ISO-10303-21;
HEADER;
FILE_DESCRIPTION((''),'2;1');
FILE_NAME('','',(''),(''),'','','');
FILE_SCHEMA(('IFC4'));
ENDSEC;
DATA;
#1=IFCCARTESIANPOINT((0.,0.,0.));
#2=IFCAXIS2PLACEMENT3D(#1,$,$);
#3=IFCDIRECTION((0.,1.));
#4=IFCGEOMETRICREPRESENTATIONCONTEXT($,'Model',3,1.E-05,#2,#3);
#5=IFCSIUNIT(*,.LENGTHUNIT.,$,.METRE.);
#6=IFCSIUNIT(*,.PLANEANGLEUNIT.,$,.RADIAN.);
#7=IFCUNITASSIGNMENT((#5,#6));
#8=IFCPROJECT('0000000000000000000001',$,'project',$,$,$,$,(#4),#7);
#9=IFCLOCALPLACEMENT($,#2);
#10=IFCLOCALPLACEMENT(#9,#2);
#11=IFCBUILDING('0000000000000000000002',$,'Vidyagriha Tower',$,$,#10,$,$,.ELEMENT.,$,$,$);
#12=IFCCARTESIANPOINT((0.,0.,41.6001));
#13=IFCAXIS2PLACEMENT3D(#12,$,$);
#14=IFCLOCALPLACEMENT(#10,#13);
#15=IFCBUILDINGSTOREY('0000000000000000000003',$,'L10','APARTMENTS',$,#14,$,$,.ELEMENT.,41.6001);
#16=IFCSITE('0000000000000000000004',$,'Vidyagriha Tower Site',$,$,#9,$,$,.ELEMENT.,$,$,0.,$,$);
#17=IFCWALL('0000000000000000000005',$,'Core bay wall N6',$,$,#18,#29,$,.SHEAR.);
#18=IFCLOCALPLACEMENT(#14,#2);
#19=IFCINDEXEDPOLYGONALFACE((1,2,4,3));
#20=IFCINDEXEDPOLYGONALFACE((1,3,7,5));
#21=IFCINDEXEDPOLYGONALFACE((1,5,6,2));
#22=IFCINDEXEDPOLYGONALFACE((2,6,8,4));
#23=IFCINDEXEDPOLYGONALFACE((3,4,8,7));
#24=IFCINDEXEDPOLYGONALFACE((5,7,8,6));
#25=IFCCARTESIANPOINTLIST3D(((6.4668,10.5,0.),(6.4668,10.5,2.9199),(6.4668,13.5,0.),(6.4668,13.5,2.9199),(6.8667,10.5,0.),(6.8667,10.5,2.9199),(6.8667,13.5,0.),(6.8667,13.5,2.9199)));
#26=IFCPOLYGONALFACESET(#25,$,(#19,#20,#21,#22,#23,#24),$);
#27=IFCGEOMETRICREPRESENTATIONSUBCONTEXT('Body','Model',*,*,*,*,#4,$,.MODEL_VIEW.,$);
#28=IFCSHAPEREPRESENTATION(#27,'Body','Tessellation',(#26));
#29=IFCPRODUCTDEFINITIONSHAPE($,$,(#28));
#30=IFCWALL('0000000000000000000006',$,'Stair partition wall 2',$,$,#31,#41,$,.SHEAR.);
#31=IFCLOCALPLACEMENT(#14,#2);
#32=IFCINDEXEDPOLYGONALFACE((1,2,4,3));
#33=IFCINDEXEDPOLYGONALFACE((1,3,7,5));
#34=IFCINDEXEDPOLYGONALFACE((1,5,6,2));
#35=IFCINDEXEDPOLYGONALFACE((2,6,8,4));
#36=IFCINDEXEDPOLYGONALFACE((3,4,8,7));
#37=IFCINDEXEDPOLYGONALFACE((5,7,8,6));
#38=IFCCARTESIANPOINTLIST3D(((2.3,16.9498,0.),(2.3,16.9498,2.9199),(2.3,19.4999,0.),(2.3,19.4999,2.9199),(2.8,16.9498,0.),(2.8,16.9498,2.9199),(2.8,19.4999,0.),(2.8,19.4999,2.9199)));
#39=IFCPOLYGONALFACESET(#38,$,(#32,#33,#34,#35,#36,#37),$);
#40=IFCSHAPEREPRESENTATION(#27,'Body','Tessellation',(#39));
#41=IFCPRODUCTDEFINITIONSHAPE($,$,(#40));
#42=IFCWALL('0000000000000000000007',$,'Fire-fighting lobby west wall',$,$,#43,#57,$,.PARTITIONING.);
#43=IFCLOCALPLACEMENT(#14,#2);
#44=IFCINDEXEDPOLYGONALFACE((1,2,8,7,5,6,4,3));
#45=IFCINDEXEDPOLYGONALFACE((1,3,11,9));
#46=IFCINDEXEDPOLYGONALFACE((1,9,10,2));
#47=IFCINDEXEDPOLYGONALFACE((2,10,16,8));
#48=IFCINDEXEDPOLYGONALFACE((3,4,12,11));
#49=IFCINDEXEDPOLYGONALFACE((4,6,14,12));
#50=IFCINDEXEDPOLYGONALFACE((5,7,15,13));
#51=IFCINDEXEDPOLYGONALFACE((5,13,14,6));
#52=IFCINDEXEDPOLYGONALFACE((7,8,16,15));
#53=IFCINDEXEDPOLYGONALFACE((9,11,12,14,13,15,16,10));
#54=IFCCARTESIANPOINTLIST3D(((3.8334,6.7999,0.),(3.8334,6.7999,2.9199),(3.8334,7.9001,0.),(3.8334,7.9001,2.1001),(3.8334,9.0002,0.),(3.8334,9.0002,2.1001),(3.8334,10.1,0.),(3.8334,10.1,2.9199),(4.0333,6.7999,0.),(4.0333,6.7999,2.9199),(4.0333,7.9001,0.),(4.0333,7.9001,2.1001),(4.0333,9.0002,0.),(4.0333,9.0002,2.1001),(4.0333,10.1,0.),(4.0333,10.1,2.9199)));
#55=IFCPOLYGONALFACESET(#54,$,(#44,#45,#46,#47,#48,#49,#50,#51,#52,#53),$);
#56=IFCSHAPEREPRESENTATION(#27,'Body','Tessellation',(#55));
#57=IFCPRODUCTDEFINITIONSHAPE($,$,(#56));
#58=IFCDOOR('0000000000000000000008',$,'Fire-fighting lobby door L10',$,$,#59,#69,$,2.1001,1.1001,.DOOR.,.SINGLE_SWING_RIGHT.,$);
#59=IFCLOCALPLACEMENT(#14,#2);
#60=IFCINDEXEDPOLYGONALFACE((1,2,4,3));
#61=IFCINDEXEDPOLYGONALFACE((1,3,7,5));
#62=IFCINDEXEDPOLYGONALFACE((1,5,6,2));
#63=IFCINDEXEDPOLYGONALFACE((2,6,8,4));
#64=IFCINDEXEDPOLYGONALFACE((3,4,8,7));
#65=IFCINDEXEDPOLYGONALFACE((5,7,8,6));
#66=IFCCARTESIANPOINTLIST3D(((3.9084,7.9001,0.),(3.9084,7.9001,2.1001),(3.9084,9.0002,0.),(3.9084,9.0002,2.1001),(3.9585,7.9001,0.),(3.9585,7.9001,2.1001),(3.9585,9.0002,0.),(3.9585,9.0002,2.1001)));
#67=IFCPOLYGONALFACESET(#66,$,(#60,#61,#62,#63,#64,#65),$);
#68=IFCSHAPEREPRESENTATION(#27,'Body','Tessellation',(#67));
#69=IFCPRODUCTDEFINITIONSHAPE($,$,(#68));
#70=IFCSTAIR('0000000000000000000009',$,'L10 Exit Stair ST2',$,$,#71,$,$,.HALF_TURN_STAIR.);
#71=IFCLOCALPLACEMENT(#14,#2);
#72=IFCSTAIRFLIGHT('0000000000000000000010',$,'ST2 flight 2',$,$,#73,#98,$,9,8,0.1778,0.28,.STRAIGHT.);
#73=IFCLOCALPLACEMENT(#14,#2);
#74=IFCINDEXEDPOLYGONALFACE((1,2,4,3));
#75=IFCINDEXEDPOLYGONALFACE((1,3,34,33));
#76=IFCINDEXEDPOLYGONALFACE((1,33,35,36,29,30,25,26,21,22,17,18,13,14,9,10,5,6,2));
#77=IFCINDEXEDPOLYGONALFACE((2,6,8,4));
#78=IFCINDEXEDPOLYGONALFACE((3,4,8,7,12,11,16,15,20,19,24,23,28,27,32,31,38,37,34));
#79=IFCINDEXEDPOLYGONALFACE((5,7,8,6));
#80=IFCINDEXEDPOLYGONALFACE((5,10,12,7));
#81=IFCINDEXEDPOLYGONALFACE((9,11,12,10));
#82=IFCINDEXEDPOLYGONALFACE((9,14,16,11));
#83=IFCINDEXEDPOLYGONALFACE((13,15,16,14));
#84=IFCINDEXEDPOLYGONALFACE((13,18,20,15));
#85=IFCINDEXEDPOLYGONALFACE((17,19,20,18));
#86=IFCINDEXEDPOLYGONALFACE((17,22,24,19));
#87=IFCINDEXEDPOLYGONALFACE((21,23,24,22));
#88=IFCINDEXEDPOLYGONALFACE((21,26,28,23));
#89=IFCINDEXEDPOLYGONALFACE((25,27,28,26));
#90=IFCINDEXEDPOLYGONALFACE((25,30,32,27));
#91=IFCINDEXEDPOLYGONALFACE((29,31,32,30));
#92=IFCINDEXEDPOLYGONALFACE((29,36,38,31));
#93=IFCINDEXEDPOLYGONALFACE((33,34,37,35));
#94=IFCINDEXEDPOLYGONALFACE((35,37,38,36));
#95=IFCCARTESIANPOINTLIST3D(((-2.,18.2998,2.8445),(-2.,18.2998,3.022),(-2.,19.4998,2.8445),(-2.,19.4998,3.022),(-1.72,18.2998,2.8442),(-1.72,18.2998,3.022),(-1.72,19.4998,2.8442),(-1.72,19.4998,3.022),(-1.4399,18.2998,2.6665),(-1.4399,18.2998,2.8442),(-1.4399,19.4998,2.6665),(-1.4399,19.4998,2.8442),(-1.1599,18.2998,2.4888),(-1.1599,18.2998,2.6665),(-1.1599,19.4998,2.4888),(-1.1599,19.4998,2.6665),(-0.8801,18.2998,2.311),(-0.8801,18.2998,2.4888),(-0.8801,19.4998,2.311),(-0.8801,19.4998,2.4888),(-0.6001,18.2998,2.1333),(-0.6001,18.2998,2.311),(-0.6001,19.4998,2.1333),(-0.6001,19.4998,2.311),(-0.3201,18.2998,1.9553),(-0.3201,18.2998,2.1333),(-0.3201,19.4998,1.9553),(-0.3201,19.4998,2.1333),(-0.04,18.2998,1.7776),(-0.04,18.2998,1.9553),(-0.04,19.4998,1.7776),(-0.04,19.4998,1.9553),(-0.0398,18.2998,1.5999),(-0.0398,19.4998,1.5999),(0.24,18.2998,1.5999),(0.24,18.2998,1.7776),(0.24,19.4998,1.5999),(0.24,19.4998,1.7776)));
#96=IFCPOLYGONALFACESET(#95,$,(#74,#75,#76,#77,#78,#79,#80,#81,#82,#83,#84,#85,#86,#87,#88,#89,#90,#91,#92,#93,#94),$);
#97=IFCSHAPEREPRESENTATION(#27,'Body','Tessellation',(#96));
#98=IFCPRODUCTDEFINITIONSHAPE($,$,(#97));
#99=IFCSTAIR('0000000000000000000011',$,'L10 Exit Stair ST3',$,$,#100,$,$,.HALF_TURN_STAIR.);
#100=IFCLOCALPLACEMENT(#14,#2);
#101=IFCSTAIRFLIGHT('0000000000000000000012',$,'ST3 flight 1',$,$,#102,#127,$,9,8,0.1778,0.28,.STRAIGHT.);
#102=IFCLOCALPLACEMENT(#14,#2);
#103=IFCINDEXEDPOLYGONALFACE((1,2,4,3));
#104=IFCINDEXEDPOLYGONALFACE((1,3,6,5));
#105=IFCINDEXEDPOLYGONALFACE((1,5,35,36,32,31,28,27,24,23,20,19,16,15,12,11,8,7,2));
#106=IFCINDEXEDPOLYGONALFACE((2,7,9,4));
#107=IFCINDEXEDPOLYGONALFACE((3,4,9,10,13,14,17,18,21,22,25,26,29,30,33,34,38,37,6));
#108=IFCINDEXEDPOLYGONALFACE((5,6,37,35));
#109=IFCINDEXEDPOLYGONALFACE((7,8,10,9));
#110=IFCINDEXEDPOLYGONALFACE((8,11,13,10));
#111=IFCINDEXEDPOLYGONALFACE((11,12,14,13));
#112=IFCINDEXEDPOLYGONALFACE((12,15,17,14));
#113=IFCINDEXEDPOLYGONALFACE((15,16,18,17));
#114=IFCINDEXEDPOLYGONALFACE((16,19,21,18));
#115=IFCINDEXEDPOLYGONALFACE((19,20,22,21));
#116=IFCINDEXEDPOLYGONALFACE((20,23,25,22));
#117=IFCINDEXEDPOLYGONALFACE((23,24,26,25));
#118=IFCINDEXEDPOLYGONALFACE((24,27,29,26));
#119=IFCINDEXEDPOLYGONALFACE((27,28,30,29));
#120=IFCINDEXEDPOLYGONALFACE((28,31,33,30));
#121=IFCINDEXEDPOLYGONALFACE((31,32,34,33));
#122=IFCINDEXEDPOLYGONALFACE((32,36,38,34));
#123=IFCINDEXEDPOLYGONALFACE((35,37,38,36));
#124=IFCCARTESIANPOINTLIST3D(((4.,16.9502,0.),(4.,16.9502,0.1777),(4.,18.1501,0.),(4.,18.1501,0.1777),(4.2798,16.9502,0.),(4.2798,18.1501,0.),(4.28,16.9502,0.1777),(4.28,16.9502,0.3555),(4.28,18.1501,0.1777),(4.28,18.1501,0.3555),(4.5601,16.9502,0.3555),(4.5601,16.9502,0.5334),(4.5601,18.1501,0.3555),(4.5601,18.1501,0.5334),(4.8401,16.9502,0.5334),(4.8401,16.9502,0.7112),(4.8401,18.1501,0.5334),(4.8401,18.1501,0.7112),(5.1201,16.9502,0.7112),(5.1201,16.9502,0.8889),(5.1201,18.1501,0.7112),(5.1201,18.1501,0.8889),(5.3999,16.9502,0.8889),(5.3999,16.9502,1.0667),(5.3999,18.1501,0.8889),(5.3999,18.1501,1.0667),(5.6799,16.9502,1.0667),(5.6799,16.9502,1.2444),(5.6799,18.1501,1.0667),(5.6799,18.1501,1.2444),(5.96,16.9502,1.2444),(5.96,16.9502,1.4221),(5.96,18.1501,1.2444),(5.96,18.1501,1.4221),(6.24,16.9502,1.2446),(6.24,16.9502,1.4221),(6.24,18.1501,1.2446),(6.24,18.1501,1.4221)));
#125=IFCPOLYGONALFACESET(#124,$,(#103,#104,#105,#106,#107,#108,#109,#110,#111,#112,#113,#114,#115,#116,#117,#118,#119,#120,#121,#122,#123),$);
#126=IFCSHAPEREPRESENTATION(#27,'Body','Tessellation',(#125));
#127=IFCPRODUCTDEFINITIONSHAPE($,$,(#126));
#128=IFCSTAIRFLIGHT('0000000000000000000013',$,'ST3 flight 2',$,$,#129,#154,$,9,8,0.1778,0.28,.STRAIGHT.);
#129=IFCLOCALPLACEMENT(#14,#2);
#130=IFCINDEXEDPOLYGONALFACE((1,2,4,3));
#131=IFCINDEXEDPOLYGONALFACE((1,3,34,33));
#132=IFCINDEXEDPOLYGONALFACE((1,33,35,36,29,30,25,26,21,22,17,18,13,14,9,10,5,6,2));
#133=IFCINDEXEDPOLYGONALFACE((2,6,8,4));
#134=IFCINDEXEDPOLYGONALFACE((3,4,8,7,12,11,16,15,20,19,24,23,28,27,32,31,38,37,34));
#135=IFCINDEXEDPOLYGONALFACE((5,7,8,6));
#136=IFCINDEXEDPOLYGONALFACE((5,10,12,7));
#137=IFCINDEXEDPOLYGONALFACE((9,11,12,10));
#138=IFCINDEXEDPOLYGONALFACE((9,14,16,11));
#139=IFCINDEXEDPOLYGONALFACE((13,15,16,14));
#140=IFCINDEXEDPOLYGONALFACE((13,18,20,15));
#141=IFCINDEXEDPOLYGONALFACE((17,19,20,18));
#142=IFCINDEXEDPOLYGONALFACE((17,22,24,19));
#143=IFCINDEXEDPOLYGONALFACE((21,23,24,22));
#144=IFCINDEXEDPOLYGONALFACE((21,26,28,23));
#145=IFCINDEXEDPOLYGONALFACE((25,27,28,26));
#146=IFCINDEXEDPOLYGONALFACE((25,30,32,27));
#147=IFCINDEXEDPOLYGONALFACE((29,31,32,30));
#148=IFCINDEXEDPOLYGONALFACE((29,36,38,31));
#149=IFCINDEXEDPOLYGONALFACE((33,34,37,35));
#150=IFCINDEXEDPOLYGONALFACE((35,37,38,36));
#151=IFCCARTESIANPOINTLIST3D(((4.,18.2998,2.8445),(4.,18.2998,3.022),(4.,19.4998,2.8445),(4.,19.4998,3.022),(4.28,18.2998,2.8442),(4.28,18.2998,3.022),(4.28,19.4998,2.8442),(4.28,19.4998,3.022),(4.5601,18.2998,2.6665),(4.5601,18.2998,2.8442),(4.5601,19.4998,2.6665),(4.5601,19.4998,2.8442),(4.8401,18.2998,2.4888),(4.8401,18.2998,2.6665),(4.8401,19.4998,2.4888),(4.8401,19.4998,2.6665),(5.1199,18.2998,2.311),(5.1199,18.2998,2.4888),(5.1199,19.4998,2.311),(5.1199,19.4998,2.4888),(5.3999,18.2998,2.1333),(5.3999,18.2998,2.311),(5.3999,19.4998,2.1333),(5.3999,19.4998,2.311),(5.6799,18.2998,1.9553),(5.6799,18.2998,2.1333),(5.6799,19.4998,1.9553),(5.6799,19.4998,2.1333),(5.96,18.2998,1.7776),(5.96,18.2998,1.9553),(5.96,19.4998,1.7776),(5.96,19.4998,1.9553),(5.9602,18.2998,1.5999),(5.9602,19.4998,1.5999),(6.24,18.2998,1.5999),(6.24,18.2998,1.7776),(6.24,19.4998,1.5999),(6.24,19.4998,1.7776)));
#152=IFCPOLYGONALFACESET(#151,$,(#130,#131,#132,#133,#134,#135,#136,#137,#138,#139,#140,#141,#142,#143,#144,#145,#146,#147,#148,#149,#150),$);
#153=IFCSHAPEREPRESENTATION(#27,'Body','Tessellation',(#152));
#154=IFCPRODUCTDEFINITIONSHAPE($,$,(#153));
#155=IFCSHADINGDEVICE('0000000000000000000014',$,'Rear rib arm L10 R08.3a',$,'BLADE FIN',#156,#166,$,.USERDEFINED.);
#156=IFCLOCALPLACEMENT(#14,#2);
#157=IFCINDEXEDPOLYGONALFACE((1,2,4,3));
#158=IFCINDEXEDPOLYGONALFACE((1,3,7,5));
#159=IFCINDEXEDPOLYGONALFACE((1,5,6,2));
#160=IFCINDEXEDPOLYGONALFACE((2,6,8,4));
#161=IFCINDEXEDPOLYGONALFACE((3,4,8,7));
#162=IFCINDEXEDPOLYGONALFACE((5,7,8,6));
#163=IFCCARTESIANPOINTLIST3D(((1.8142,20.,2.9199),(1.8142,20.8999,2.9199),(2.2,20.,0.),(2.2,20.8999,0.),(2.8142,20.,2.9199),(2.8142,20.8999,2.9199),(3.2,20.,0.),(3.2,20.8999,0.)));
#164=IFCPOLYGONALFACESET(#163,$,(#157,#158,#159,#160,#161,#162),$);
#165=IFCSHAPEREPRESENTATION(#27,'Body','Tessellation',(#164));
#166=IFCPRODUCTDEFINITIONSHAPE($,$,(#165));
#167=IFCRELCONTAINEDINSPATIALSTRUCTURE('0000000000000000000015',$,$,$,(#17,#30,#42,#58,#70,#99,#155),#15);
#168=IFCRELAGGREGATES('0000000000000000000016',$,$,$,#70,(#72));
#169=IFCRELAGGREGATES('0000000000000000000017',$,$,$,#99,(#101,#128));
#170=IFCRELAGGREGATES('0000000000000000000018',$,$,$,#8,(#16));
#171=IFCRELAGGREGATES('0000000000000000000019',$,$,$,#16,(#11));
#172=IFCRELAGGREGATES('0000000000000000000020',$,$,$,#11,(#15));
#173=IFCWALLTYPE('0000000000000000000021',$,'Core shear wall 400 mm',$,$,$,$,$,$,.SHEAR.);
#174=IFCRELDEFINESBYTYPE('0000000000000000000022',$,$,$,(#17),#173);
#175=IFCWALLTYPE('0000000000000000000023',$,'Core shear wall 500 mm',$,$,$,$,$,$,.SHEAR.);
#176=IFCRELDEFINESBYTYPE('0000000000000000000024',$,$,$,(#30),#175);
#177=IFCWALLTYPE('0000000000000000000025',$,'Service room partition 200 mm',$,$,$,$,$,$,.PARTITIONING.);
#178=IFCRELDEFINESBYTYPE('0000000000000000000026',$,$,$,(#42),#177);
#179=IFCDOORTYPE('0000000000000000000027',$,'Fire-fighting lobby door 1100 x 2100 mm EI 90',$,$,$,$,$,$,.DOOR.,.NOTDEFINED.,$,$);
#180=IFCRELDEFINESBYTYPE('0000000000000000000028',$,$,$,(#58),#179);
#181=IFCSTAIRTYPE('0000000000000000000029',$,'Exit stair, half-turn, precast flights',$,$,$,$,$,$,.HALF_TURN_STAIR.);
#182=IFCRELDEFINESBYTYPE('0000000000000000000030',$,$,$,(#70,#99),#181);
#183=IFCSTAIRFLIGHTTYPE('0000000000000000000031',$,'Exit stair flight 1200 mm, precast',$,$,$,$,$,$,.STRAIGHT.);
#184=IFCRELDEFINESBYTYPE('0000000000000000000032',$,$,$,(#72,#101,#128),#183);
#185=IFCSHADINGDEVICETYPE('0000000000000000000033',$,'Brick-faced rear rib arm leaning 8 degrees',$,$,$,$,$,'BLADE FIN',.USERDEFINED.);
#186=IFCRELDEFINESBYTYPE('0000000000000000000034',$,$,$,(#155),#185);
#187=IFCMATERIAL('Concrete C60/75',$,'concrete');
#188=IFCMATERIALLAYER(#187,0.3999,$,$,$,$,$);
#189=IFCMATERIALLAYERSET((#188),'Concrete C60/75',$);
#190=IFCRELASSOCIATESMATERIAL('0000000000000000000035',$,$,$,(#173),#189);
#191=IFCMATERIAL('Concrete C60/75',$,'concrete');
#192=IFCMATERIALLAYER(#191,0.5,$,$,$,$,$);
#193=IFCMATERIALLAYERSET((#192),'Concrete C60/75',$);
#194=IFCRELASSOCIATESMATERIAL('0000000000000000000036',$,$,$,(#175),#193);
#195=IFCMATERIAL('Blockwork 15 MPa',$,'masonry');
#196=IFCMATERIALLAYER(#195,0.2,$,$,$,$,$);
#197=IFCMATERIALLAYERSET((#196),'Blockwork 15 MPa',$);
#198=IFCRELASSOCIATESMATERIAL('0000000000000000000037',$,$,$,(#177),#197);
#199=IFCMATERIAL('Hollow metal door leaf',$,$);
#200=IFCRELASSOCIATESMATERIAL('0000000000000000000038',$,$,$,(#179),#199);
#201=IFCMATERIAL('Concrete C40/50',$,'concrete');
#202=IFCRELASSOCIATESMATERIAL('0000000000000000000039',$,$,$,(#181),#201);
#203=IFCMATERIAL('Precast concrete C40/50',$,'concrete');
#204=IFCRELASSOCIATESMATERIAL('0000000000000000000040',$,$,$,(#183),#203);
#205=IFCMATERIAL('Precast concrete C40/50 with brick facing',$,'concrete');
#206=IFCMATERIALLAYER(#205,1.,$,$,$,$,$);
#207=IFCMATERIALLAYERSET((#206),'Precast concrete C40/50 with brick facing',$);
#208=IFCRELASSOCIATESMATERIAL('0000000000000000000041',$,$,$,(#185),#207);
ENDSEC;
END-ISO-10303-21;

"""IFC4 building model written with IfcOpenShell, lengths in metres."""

from ifc_helpers import new_model, si_unit, direction, frame, frame_2d, origin, place, context, subcontext, project, spatial, polyline, rectangle, outline, extrude, material, layer, layer_set, type_object, element, fill, aggregate, save


model = new_model("IFC4")

# Units and contexts
model_context = context("Model", 3, precision=1e-05, world=origin(), true_north=direction((0.0, 1.0)))
body_context = subcontext(model_context, "Body", "Model", "MODEL_VIEW")
ifc_project = project(units=[si_unit("LENGTHUNIT", "METRE"), si_unit("PLANEANGLEUNIT", "RADIAN")], contexts=[model_context])

# Site, building, storey
site_placement = place(None, origin())
site = spatial("IfcSite", under=ifc_project, at=site_placement, Name="Vidyagriha Tower Site", CompositionType="ELEMENT", RefElevation=0.0)
building_placement = place(site_placement, origin())
building = spatial("IfcBuilding", under=site, at=building_placement, Name="Vidyagriha Tower", CompositionType="ELEMENT")
storey_placement = place(building_placement, frame((0.0, 0.0, 41.6001)))
storey = spatial("IfcBuildingStorey", under=building, at=storey_placement, Name="L10", Description="APARTMENTS", CompositionType="ELEMENT", Elevation=41.6001)

# Shared definitions
ifc_material_1 = material(Name="Concrete C60/75", Category="concrete")
ifc_layer_1 = layer(ifc_material_1, 0.3999)
ifc_layer_set_1 = layer_set([ifc_layer_1], Name="Concrete C60/75")
wall_type_1 = type_object("IfcWallType", Name="Core shear wall 400 mm", PredefinedType="SHEAR", material=ifc_layer_set_1)

# Walls
for number, where, z_axis, x_axis, name in (
    (1, (6.6667, 10.5, 0.0), (0.0, 0.0, 1.0), (0.0, 1.0, 0.0), "Core bay wall N6"),
):
    element("IfcWall", number, at=place(storey_placement, frame(where, z_axis=z_axis, x_axis=x_axis)), inside=storey, type_object=wall_type_1, Name=name, PredefinedType="SHEAR", context=body_context, shape_type="SweptSolid", body=[
        extrude(rectangle(XDim=3.0, YDim=0.3999, at=frame_2d((1.5, 0.0))), origin(), (0.0, 0.0, 1.0), 2.9199),
    ])
ifc_material_2 = material(Name="Concrete C60/75", Category="concrete")
ifc_layer_2 = layer(ifc_material_2, 0.5)
ifc_layer_set_2 = layer_set([ifc_layer_2], Name="Concrete C60/75")
wall_type_2 = type_object("IfcWallType", Name="Core shear wall 500 mm", PredefinedType="SHEAR", material=ifc_layer_set_2)
wall_1_placement = place(storey_placement, frame((2.55, 16.95, 0.0), z_axis=(0.0, 0.0, 1.0), x_axis=(0.0, 1.0, 0.0)))
element("IfcWall", 2, at=wall_1_placement, inside=storey, type_object=wall_type_2, Name="Stair partition wall 2", PredefinedType="SHEAR", context=body_context, shape_type="SweptSolid", body=[
    extrude(rectangle(XDim=2.55, YDim=0.5, at=frame_2d((1.2749, 0.0))), origin(), (0.0, 0.0, 1.0), 2.9199),
])

# Wall, opening, door
ifc_material_3 = material(Name="Blockwork 15 MPa", Category="masonry")
ifc_layer_3 = layer(ifc_material_3, 0.2)
ifc_layer_set_3 = layer_set([ifc_layer_3], Name="Blockwork 15 MPa")
wall_type_3 = type_object("IfcWallType", Name="Service room partition 200 mm", PredefinedType="PARTITIONING", material=ifc_layer_set_3)
wall_2_placement = place(storey_placement, frame((3.9333, 6.8, 0.0), z_axis=(0.0, 0.0, 1.0), x_axis=(0.0, 1.0, 0.0)))
wall_2 = element("IfcWall", 3, at=wall_2_placement, inside=storey, type_object=wall_type_3, Name="Fire-fighting lobby west wall", PredefinedType="PARTITIONING", context=body_context, shape_type="SweptSolid", body=[
    extrude(rectangle(XDim=3.3, YDim=0.2, at=frame_2d((1.6499, 0.0))), origin(), (0.0, 0.0, 1.0), 2.9199),
])
opening_1_placement = place(wall_2_placement, frame((1.1001, 0.0, 0.0)))
opening_1 = element("IfcOpeningElement", 4, at=opening_1_placement, cuts=wall_2, PredefinedType="OPENING", context=body_context, shape_type="SweptSolid", body=[
    extrude(rectangle(XDim=1.1001, YDim=2.1001, at=frame_2d((0.55, 1.05))), frame((0.0, 0.1099, 0.0), z_axis=(0.0, -1.0, 0.0), x_axis=(1.0, 0.0, 0.0)), (0.0, 0.0, 1.0), 0.22),
])
ifc_material_4 = material(Name="Hollow metal door leaf")
door_type_1 = type_object("IfcDoorType", Name="Fire-fighting lobby door 1100 x 2100 mm EI 90", OperationType="NOTDEFINED", PredefinedType="DOOR", material=ifc_material_4)
door_1_placement = place(opening_1_placement, origin())
door_1 = element("IfcDoor", 5, at=door_1_placement, inside=storey, type_object=door_type_1, Name="Fire-fighting lobby door L10", OperationType="SINGLE_SWING_RIGHT", OverallHeight=2.1001, OverallWidth=1.1001, PredefinedType="DOOR", context=body_context, shape_type="SweptSolid", body=[
    extrude(rectangle(XDim=1.1001, YDim=2.1001, at=frame_2d((0.55, 1.05))), frame((0.0, 0.0249, 0.0), z_axis=(0.0, -1.0, 0.0), x_axis=(1.0, 0.0, 0.0)), (0.0, 0.0, 1.0), 0.05),
])
fill(opening_1, door_1)

# Stair, stair flight
ifc_material_5 = material(Name="Concrete C40/50", Category="concrete")
stair_type = type_object("IfcStairType", Name="Exit stair, half-turn, precast flights", PredefinedType="HALF_TURN_STAIR", material=ifc_material_5)
stair_1_placement = place(storey_placement, origin())
stair_1 = element("IfcStair", 6, at=stair_1_placement, inside=storey, type_object=stair_type, Name="L10 Exit Stair ST2", PredefinedType="HALF_TURN_STAIR")
ifc_material_6 = material(Name="Precast concrete C40/50", Category="concrete")
stair_flight_type = type_object("IfcStairFlightType", Name="Exit stair flight 1200 mm, precast", PredefinedType="STRAIGHT", material=ifc_material_6)
stair_flight_1_placement = place(storey_placement, frame((0.24, 18.8999, 1.5999), z_axis=(0.0, 0.0, 1.0), x_axis=(-1.0, 0.0, 0.0)))
stair_flight_1 = element("IfcStairFlight", 7, at=stair_flight_1_placement, type_object=stair_flight_type, Name="ST2 flight 2", NumberOfRisers=9, NumberOfTreads=8, PredefinedType="STRAIGHT", RiserHeight=0.1778, TreadLength=0.28, context=body_context, shape_type="SweptSolid", body=[
    extrude(outline(polyline([(0.0, 0.0), (0.0, 0.1777), (0.28, 0.1777), (0.28, 0.3555), (0.5601, 0.3555), (0.5601, 0.5334), (0.8401, 0.5334), (0.8401, 0.7112), (1.1201, 0.7112), (1.1201, 0.8889), (1.3999, 0.8889), (1.3999, 1.0667), (1.6799, 1.0667), (1.6799, 1.2444), (1.96, 1.2444), (1.96, 1.4221), (2.24, 1.4221), (2.24, 1.6001), (2.24, 1.2446), (0.2798, 0.0), (0.0, 0.0)])), frame((0.0, 0.6001, 0.0), z_axis=(0.0, -1.0, 0.0), x_axis=(1.0, 0.0, 0.0)), (0.0, 0.0, 1.0), 1.2),
])
aggregate(stair_1, [stair_flight_1])

# Stair, stair flights
stair_2_placement = place(storey_placement, origin())
stair_2 = element("IfcStair", 8, at=stair_2_placement, inside=storey, type_object=stair_type, Name="L10 Exit Stair ST3", PredefinedType="HALF_TURN_STAIR")
stair_flight_2_placement = place(storey_placement, frame((4.0, 17.55, 0.0)))
stair_flight_2 = element("IfcStairFlight", 9, at=stair_flight_2_placement, type_object=stair_flight_type, Name="ST3 flight 1", NumberOfRisers=9, NumberOfTreads=8, PredefinedType="STRAIGHT", RiserHeight=0.1778, TreadLength=0.28, context=body_context, shape_type="SweptSolid", body=[
    extrude(outline(polyline([(0.0, 0.0), (0.0, 0.1777), (0.28, 0.1777), (0.28, 0.3555), (0.5601, 0.3555), (0.5601, 0.5334), (0.8401, 0.5334), (0.8401, 0.7112), (1.1201, 0.7112), (1.1201, 0.8889), (1.3999, 0.8889), (1.3999, 1.0667), (1.6799, 1.0667), (1.6799, 1.2444), (1.96, 1.2444), (1.96, 1.4221), (2.24, 1.4221), (2.24, 1.6001), (2.24, 1.2446), (0.2798, 0.0), (0.0, 0.0)])), frame((0.0, 0.6001, 0.0), z_axis=(0.0, -1.0, 0.0), x_axis=(1.0, 0.0, 0.0)), (0.0, 0.0, 1.0), 1.2),
])
stair_flight_3_placement = place(storey_placement, frame((6.24, 18.8999, 1.5999), z_axis=(0.0, 0.0, 1.0), x_axis=(-1.0, 0.0, 0.0)))
stair_flight_3 = element("IfcStairFlight", 10, at=stair_flight_3_placement, type_object=stair_flight_type, Name="ST3 flight 2", NumberOfRisers=9, NumberOfTreads=8, PredefinedType="STRAIGHT", RiserHeight=0.1778, TreadLength=0.28, context=body_context, shape_type="SweptSolid", body=[
    extrude(outline(polyline([(0.0, 0.0), (0.0, 0.1777), (0.28, 0.1777), (0.28, 0.3555), (0.5601, 0.3555), (0.5601, 0.5334), (0.8401, 0.5334), (0.8401, 0.7112), (1.1201, 0.7112), (1.1201, 0.8889), (1.3999, 0.8889), (1.3999, 1.0667), (1.6799, 1.0667), (1.6799, 1.2444), (1.96, 1.2444), (1.96, 1.4221), (2.24, 1.4221), (2.24, 1.6001), (2.24, 1.2446), (0.2798, 0.0), (0.0, 0.0)])), frame((0.0, 0.6001, 0.0), z_axis=(0.0, -1.0, 0.0), x_axis=(1.0, 0.0, 0.0)), (0.0, 0.0, 1.0), 1.2),
])
aggregate(stair_2, [stair_flight_2, stair_flight_3])

# Shading device
ifc_material_7 = material(Name="Precast concrete C40/50 with brick facing", Category="concrete")
ifc_layer_4 = layer(ifc_material_7, 1.0)
ifc_layer_set_4 = layer_set([ifc_layer_4], Name="Precast concrete C40/50 with brick facing")
shading_device_type = type_object("IfcShadingDeviceType", Name="Brick-faced rear rib arm leaning 8 degrees", ElementType="BLADE FIN", PredefinedType="USERDEFINED", material=ifc_layer_set_4)
shading_device_placement = place(storey_placement, frame((3.2, 20.45, 0.0), z_axis=(0.0, 0.0, 1.0), x_axis=(-1.0, 0.0, 0.0)))
element("IfcShadingDevice", 11, at=shading_device_placement, inside=storey, type_object=shading_device_type, Name="Rear rib arm L10 R08.3a", ObjectType="BLADE FIN", PredefinedType="USERDEFINED", context=body_context, shape_type="SweptSolid", body=[
    extrude(outline(polyline([(0.0, 0.0), (1.0, 0.0), (1.3857, 2.9199), (0.3857, 2.9199), (0.0, 0.0)])), frame((0.0, 0.45, 0.0), z_axis=(0.0, -1.0, 0.0), x_axis=(1.0, 0.0, 0.0)), (0.0, 0.0, 1.0), 0.8999),
])

save(model, "model.ifc")
